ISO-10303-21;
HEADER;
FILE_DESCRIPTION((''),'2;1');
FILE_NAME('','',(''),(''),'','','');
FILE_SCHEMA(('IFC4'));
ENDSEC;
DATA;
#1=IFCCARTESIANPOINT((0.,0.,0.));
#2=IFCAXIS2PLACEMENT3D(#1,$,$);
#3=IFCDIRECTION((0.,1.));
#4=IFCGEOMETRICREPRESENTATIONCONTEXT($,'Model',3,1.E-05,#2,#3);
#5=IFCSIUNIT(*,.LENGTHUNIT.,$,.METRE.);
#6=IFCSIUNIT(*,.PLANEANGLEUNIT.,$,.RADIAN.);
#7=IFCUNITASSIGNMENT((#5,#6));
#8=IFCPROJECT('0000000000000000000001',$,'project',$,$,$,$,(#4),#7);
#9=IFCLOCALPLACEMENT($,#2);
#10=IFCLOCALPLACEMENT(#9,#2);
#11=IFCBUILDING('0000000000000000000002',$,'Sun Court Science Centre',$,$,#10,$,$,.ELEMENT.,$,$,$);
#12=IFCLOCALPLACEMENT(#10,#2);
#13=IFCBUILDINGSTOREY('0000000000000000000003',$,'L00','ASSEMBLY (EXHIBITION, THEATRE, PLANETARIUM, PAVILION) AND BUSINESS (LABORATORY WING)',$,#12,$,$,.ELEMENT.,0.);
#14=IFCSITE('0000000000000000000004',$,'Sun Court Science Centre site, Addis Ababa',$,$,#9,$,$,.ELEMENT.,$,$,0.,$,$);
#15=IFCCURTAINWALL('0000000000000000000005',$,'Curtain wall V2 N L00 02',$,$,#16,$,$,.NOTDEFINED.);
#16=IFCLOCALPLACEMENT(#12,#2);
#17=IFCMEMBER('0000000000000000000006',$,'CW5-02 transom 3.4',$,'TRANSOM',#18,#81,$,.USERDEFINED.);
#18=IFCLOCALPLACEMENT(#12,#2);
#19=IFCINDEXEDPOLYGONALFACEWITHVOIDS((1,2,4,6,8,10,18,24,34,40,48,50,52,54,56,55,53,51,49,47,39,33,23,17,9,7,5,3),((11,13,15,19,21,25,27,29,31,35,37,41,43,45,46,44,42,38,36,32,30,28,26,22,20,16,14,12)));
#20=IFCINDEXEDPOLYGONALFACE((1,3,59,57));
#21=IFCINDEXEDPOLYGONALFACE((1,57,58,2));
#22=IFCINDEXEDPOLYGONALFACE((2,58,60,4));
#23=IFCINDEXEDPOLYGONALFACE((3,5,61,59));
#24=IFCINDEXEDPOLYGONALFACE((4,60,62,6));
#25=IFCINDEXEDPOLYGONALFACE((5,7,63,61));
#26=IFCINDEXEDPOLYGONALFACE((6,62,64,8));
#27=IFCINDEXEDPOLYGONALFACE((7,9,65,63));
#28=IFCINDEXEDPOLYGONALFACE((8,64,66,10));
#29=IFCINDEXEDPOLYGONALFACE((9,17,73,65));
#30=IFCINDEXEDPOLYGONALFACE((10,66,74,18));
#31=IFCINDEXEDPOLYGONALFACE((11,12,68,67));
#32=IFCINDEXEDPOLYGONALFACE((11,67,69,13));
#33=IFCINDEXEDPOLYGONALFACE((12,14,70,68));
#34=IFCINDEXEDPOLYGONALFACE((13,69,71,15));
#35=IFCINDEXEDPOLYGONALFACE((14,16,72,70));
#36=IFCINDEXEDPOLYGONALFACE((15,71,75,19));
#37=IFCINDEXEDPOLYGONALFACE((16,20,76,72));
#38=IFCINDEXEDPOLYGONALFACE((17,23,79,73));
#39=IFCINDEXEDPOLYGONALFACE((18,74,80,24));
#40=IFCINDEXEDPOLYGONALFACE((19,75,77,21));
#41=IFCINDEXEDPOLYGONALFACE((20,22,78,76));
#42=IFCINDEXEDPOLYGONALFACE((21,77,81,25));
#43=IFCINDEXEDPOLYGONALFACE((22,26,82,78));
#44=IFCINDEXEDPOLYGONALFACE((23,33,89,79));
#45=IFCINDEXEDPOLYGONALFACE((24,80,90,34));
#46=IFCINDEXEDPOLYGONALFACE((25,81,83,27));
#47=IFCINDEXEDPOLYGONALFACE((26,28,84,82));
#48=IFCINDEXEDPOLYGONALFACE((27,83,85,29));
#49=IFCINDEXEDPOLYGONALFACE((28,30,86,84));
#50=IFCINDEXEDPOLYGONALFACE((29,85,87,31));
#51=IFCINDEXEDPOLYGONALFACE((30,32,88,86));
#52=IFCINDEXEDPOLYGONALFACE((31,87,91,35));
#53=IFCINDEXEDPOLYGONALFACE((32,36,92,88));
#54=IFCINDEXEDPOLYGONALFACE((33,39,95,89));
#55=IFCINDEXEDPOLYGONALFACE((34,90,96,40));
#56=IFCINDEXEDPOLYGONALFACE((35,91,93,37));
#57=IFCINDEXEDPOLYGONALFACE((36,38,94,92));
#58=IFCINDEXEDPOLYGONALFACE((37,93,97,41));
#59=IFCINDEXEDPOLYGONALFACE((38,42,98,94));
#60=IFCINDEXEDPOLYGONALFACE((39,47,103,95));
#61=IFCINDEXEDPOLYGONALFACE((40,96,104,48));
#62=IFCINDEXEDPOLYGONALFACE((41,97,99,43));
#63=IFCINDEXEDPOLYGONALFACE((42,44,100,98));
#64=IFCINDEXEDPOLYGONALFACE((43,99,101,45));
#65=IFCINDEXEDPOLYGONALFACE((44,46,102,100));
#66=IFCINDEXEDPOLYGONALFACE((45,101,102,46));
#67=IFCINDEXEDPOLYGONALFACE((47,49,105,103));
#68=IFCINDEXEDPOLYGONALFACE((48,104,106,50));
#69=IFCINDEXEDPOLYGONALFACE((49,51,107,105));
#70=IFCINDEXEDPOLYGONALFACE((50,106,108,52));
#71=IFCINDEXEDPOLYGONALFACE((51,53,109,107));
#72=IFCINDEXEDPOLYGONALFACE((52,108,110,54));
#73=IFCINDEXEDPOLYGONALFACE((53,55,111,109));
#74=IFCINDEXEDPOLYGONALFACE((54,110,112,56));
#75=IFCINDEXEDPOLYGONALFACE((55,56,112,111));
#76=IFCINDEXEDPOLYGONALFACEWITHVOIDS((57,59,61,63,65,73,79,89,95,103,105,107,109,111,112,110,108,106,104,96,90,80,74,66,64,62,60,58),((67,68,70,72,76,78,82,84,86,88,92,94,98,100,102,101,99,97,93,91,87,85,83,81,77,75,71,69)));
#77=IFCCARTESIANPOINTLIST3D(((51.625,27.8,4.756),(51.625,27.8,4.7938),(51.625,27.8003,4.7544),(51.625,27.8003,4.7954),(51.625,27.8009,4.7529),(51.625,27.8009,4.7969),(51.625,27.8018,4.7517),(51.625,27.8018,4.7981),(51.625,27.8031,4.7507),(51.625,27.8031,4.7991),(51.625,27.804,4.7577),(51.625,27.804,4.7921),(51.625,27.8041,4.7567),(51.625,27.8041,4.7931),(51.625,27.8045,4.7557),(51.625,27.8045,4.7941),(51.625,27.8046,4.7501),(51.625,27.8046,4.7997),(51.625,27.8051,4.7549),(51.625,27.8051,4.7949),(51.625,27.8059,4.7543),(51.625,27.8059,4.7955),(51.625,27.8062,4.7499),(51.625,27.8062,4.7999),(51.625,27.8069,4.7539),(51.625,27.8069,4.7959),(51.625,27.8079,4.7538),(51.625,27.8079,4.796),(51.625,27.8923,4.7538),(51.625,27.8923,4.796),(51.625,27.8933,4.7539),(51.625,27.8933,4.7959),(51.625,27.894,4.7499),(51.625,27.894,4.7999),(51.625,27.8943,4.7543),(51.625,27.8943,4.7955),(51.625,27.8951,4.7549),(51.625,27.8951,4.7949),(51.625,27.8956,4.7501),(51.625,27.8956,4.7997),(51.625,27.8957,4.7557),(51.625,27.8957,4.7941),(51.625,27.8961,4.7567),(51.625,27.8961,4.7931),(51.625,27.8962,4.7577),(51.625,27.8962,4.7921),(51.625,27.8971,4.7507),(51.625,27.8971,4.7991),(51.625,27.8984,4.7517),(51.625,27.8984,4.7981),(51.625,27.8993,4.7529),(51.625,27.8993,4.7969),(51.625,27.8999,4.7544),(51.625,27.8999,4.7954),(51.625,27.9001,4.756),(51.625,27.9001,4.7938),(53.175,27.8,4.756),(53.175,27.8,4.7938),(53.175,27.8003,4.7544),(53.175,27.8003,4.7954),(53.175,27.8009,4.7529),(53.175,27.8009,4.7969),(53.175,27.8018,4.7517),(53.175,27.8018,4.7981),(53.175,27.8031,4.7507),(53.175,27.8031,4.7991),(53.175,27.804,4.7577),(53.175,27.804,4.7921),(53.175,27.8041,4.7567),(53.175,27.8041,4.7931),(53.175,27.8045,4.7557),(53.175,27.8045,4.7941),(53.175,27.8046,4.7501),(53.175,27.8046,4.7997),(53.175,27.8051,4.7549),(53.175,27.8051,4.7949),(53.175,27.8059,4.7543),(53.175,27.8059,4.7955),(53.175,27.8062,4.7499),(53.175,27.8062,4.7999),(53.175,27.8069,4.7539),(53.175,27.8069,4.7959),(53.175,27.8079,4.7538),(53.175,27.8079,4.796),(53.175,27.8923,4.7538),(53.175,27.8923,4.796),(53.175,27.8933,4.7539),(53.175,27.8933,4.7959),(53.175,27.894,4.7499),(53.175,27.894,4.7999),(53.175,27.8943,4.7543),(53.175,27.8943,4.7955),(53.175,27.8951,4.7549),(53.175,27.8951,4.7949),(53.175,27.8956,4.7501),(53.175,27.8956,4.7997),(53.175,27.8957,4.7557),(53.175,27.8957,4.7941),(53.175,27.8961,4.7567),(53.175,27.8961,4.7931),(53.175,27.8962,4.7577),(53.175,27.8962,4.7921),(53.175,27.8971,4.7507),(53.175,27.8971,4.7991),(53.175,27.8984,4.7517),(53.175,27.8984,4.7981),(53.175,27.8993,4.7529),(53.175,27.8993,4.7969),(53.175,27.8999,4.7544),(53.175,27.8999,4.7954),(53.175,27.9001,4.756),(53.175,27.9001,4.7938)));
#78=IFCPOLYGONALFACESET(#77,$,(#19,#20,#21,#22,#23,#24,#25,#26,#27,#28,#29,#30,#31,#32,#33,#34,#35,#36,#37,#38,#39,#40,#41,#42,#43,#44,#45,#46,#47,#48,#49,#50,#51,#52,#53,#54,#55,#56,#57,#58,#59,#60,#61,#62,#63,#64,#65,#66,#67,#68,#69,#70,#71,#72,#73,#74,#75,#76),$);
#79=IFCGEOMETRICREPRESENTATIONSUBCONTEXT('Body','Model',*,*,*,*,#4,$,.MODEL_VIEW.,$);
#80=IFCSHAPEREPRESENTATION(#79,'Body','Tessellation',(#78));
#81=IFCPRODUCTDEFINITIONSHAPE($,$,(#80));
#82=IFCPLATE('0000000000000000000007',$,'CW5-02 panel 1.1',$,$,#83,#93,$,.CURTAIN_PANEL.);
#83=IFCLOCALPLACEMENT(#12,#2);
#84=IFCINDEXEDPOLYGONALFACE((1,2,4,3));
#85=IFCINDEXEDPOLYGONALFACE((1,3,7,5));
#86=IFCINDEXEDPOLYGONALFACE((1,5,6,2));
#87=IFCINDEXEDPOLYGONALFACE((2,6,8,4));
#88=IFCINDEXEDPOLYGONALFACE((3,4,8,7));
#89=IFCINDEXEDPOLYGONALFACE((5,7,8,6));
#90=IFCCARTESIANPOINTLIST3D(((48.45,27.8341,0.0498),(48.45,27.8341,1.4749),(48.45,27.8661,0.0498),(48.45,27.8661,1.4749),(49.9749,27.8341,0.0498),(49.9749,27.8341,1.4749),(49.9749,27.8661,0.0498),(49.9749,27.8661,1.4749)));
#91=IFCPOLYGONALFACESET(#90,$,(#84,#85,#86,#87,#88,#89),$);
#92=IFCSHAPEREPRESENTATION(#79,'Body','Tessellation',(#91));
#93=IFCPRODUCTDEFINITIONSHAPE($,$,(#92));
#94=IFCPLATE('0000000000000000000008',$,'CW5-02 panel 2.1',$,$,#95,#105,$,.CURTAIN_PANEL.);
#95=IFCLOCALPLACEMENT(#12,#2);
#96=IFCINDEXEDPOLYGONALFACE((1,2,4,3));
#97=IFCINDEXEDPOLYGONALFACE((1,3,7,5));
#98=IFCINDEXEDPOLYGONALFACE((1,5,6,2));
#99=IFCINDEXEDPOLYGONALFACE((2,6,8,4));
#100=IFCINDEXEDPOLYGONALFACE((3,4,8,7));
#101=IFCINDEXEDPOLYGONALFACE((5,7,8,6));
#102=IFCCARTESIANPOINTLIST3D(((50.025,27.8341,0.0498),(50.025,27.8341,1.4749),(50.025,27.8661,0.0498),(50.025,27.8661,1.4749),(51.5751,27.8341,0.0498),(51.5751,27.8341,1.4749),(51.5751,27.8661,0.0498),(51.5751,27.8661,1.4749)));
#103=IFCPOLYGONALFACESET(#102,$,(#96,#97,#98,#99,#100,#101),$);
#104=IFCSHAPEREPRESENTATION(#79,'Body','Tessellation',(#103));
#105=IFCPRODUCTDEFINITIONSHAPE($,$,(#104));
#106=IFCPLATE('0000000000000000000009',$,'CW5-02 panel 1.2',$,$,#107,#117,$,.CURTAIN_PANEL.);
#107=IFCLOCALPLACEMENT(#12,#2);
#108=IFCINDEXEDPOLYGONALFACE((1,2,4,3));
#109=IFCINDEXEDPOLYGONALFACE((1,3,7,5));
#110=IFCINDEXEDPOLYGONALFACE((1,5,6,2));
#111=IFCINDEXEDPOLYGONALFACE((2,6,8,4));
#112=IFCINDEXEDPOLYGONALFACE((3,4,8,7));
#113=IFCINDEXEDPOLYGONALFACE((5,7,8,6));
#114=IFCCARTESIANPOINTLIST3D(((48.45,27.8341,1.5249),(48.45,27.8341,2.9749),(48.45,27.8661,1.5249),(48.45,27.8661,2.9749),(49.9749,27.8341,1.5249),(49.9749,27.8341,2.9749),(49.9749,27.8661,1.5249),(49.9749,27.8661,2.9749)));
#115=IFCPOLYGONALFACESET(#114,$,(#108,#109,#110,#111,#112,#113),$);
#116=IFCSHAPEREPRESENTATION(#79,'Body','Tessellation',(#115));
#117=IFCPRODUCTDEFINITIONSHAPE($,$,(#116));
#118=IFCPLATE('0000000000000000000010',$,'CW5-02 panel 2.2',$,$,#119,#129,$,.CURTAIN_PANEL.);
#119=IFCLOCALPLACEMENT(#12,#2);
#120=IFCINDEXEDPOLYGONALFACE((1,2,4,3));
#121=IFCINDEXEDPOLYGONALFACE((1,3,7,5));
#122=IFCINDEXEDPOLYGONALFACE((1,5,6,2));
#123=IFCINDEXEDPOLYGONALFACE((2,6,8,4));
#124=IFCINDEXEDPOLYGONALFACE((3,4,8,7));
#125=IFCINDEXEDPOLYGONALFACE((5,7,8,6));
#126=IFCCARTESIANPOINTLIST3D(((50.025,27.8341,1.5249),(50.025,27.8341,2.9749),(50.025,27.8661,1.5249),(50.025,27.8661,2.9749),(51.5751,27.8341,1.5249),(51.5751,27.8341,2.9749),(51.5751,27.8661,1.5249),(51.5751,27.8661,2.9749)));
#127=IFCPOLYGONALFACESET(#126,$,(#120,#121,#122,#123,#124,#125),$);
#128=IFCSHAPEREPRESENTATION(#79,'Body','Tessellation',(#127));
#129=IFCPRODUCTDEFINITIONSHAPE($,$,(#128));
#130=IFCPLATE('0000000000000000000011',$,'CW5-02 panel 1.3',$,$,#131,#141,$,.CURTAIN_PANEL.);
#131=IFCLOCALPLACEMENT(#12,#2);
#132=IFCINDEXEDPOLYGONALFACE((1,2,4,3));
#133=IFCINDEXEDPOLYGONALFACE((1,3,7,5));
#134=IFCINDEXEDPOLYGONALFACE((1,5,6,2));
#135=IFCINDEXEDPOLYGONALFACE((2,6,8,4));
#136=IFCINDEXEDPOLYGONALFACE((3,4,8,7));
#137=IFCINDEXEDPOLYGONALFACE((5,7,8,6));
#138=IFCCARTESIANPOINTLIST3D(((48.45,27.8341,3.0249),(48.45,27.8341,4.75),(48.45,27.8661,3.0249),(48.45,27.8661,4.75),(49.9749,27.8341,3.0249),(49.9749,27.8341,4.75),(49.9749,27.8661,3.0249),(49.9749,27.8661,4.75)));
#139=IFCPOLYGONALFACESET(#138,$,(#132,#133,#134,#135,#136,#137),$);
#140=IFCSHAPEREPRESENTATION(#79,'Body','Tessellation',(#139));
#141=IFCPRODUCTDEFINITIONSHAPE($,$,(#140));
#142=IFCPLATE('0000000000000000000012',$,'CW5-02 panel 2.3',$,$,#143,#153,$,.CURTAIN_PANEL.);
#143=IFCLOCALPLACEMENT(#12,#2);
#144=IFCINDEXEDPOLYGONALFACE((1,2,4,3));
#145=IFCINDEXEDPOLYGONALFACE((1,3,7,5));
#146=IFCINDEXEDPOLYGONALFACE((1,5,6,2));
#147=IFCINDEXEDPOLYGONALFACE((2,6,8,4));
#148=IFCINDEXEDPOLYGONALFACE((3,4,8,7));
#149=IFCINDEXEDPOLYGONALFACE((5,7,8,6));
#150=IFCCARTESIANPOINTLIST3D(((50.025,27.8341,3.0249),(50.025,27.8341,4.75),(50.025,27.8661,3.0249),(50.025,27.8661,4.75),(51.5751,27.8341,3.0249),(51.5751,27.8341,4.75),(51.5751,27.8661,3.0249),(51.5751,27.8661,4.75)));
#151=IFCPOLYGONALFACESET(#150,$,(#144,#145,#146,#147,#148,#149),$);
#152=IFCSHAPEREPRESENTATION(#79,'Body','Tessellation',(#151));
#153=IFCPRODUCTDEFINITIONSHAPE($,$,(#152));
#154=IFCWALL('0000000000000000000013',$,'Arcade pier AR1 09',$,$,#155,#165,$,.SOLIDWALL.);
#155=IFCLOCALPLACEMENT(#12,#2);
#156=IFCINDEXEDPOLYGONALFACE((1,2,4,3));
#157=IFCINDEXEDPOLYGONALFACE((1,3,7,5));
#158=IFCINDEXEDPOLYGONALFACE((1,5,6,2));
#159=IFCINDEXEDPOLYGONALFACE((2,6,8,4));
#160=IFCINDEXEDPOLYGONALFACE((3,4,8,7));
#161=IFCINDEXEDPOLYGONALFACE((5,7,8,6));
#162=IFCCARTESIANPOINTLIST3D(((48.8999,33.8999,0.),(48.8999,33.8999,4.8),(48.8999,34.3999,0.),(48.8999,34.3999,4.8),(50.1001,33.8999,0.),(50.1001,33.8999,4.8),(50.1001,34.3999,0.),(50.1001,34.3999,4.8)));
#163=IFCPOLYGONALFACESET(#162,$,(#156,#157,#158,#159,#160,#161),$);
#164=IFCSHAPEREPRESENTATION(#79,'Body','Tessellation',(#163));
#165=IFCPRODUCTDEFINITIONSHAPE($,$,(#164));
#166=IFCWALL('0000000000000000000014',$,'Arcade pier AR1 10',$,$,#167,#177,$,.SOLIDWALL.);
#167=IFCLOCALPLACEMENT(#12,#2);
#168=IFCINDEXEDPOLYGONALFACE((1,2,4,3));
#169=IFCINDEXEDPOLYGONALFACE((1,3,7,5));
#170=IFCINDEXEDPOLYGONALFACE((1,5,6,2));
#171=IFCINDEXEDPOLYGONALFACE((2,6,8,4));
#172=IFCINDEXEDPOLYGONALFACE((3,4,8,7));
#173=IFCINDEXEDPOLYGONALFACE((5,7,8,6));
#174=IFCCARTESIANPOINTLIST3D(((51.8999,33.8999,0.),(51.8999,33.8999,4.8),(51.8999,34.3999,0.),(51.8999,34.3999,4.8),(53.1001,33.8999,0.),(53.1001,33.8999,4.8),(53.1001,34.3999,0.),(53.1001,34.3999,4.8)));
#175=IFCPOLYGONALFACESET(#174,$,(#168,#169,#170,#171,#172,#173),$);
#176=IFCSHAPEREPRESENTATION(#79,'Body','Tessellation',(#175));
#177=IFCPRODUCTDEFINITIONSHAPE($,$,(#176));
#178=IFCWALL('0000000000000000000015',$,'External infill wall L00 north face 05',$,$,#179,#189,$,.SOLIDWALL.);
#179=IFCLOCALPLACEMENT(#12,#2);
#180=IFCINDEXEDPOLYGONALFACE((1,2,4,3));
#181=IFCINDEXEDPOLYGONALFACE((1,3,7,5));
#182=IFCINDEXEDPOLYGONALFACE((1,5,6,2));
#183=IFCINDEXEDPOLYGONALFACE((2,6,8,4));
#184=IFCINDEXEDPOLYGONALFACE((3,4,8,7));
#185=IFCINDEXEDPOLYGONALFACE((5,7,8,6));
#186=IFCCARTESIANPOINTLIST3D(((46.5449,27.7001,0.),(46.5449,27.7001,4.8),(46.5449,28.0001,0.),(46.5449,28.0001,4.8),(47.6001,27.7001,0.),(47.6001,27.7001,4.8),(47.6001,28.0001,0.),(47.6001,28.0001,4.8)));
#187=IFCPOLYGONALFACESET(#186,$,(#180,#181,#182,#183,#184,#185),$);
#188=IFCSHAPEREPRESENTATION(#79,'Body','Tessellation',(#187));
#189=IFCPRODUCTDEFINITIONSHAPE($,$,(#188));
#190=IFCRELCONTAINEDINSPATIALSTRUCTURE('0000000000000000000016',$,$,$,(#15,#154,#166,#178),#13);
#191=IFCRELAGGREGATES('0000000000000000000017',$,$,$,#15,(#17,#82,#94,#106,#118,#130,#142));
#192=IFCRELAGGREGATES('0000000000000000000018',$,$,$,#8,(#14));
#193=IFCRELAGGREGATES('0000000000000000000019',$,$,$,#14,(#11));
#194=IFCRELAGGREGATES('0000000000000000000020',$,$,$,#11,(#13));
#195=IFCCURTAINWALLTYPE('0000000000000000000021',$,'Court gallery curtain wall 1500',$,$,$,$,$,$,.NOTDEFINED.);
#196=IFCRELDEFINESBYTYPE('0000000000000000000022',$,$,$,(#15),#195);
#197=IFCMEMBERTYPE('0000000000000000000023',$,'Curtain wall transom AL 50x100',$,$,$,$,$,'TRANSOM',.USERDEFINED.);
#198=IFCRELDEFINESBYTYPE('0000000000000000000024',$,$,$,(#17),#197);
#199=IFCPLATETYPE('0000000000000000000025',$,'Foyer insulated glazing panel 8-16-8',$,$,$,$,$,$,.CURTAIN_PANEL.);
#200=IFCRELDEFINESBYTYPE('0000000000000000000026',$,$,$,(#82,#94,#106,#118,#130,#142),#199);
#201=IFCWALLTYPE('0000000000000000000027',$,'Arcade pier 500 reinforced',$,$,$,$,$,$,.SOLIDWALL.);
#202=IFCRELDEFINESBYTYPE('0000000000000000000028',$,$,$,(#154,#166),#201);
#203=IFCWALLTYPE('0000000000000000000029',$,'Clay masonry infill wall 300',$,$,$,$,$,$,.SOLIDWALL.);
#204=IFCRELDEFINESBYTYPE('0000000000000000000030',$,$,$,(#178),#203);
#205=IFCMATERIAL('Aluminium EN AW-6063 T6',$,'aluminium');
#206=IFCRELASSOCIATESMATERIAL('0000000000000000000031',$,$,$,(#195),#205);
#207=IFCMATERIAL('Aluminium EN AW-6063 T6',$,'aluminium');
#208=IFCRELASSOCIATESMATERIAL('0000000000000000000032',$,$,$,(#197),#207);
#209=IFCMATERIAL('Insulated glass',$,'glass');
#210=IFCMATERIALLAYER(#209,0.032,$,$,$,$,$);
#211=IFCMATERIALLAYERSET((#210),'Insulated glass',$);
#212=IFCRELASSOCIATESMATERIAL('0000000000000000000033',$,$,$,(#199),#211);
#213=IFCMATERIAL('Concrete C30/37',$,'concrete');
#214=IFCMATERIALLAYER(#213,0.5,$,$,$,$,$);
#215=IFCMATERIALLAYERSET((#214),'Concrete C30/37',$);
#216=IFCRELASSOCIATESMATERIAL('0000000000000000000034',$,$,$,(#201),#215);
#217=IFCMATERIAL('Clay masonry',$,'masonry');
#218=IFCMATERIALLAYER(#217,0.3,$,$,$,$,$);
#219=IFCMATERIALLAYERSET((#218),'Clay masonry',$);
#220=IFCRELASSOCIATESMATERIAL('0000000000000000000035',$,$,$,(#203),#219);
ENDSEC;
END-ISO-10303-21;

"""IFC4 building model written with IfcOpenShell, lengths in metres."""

from ifc_helpers import new_model, si_unit, direction, frame, frame_2d, origin, origin_2d, place, context, subcontext, project, spatial, rectangle, hollow_rectangle, extrude, material, layer, layer_set, material_profile, profile_set, type_object, element, aggregate, save


model = new_model("IFC4")

# Units and contexts
model_context = context("Model", 3, precision=1e-05, world=origin(), true_north=direction((0.0, 1.0)))
body_context = subcontext(model_context, "Body", "Model", "MODEL_VIEW")
ifc_project = project(units=[si_unit("LENGTHUNIT", "METRE"), si_unit("PLANEANGLEUNIT", "RADIAN")], contexts=[model_context])

# Site, building, storey
site_placement = place(None, origin())
site = spatial("IfcSite", under=ifc_project, at=site_placement, Name="Sun Court Science Centre site, Addis Ababa", CompositionType="ELEMENT", RefElevation=0.0)
building_placement = place(site_placement, origin())
building = spatial("IfcBuilding", under=site, at=building_placement, Name="Sun Court Science Centre", CompositionType="ELEMENT")
storey_placement = place(building_placement, origin())
storey = spatial("IfcBuildingStorey", under=building, at=storey_placement, Name="L00", Description="ASSEMBLY (EXHIBITION, THEATRE, PLANETARIUM, PAVILION) AND BUSINESS (LABORATORY WING)", CompositionType="ELEMENT", Elevation=0.0)

# Curtain wall, member, plates
ifc_material_1 = material(Name="Aluminium EN AW-6063 T6", Category="aluminium")
curtain_wall_type = type_object("IfcCurtainWallType", Name="Court gallery curtain wall 1500", PredefinedType="NOTDEFINED", material=ifc_material_1)
curtain_wall_placement = place(storey_placement, origin())
curtain_wall = element("IfcCurtainWall", 1, at=curtain_wall_placement, inside=storey, type_object=curtain_wall_type, Name="Curtain wall V2 N L00 02", PredefinedType="NOTDEFINED")
ifc_material_2 = material(Name="Aluminium EN AW-6063 T6", Category="aluminium")
ifc_material_profile_1 = material_profile(ifc_material_2, hollow_rectangle(XDim=0.05, YDim=0.1001, WallThickness=0.0039, InnerFilletRadius=0.0039, OuterFilletRadius=0.0061, at=origin_2d()), Name="AL 50x100x4")
ifc_profile_set_1 = profile_set([ifc_material_profile_1], Name="Aluminium EN AW-6063 T6")
member_type_1 = type_object("IfcMemberType", Name="Curtain wall transom AL 50x100", ElementType="TRANSOM", PredefinedType="USERDEFINED", material=ifc_profile_set_1)
member_1_placement = place(storey_placement, frame((51.625, 27.8501, 4.7749), z_axis=(1.0, 0.0, 0.0), x_axis=(0.0, 0.0, 1.0)))
member_1 = element("IfcMember", 2, at=member_1_placement, type_object=member_type_1, Name="CW5-02 transom 3.4", ObjectType="TRANSOM", PredefinedType="USERDEFINED", context=body_context, shape_type="SweptSolid", body=[
    extrude(hollow_rectangle(XDim=0.05, YDim=0.1001, WallThickness=0.0039, InnerFilletRadius=0.0039, OuterFilletRadius=0.0061, at=origin_2d()), origin(), (0.0, 0.0, 1.0), 1.55),
])
ifc_material_3 = material(Name="Insulated glass", Category="glass")
ifc_layer_1 = layer(ifc_material_3, 0.032)
ifc_layer_set_1 = layer_set([ifc_layer_1], Name="Insulated glass")
plate_type = type_object("IfcPlateType", Name="Foyer insulated glazing panel 8-16-8", PredefinedType="CURTAIN_PANEL", material=ifc_layer_set_1)
plate_1_placement = place(storey_placement, frame((49.2124, 27.8501, 0.0498), z_axis=(0.0, 0.0, 1.0), x_axis=(1.0, 0.0, 0.0)))
plate_1 = element("IfcPlate", 3, at=plate_1_placement, type_object=plate_type, Name="CW5-02 panel 1.1", PredefinedType="CURTAIN_PANEL", context=body_context, shape_type="SweptSolid", body=[
    extrude(rectangle(XDim=1.5249, YDim=0.032, at=origin_2d()), origin(), (0.0, 0.0, 1.0), 1.425),
])
plate_2_placement = place(storey_placement, frame((50.8, 27.8501, 0.0498), z_axis=(0.0, 0.0, 1.0), x_axis=(1.0, 0.0, 0.0)))
plate_2 = element("IfcPlate", 4, at=plate_2_placement, type_object=plate_type, Name="CW5-02 panel 2.1", PredefinedType="CURTAIN_PANEL", context=body_context, shape_type="SweptSolid", body=[
    extrude(rectangle(XDim=1.55, YDim=0.032, at=origin_2d()), origin(), (0.0, 0.0, 1.0), 1.425),
])
plate_3_placement = place(storey_placement, frame((49.2124, 27.8501, 1.5249), z_axis=(0.0, 0.0, 1.0), x_axis=(1.0, 0.0, 0.0)))
plate_3 = element("IfcPlate", 5, at=plate_3_placement, type_object=plate_type, Name="CW5-02 panel 1.2", PredefinedType="CURTAIN_PANEL", context=body_context, shape_type="SweptSolid", body=[
    extrude(rectangle(XDim=1.5249, YDim=0.032, at=origin_2d()), origin(), (0.0, 0.0, 1.0), 1.45),
])
plate_4_placement = place(storey_placement, frame((50.8, 27.8501, 1.5249), z_axis=(0.0, 0.0, 1.0), x_axis=(1.0, 0.0, 0.0)))
plate_4 = element("IfcPlate", 6, at=plate_4_placement, type_object=plate_type, Name="CW5-02 panel 2.2", PredefinedType="CURTAIN_PANEL", context=body_context, shape_type="SweptSolid", body=[
    extrude(rectangle(XDim=1.55, YDim=0.032, at=origin_2d()), origin(), (0.0, 0.0, 1.0), 1.45),
])
plate_5_placement = place(storey_placement, frame((49.2124, 27.8501, 3.0249), z_axis=(0.0, 0.0, 1.0), x_axis=(1.0, 0.0, 0.0)))
plate_5 = element("IfcPlate", 7, at=plate_5_placement, type_object=plate_type, Name="CW5-02 panel 1.3", PredefinedType="CURTAIN_PANEL", context=body_context, shape_type="SweptSolid", body=[
    extrude(rectangle(XDim=1.5249, YDim=0.032, at=origin_2d()), origin(), (0.0, 0.0, 1.0), 1.7251),
])
plate_6_placement = place(storey_placement, frame((50.8, 27.8501, 3.0249), z_axis=(0.0, 0.0, 1.0), x_axis=(1.0, 0.0, 0.0)))
plate_6 = element("IfcPlate", 8, at=plate_6_placement, type_object=plate_type, Name="CW5-02 panel 2.3", PredefinedType="CURTAIN_PANEL", context=body_context, shape_type="SweptSolid", body=[
    extrude(rectangle(XDim=1.55, YDim=0.032, at=origin_2d()), origin(), (0.0, 0.0, 1.0), 1.7251),
])
aggregate(curtain_wall, [member_1, plate_1, plate_2, plate_3, plate_4, plate_5, plate_6])

# Walls
ifc_material_4 = material(Name="Concrete C30/37", Category="concrete")
ifc_layer_2 = layer(ifc_material_4, 0.5)
ifc_layer_set_2 = layer_set([ifc_layer_2], Name="Concrete C30/37")
wall_type_1 = type_object("IfcWallType", Name="Arcade pier 500 reinforced", PredefinedType="SOLIDWALL", material=ifc_layer_set_2)
for number, where, z_axis, x_axis, name in (
    (9, (48.8999, 34.1499, 0.0), (0.0, 0.0, 1.0), (1.0, 0.0, 0.0), "Arcade pier AR1 09"),
    (10, (51.8999, 34.1499, 0.0), (0.0, 0.0, 1.0), (1.0, 0.0, 0.0), "Arcade pier AR1 10"),
):
    element("IfcWall", number, at=place(storey_placement, frame(where, z_axis=z_axis, x_axis=x_axis)), inside=storey, type_object=wall_type_1, Name=name, PredefinedType="SOLIDWALL", context=body_context, shape_type="SweptSolid", body=[
        extrude(rectangle(XDim=1.2002, YDim=0.5, at=frame_2d((0.6001, 0.0))), origin(), (0.0, 0.0, 1.0), 4.8),
    ])
ifc_material_5 = material(Name="Clay masonry", Category="masonry")
ifc_layer_3 = layer(ifc_material_5, 0.3)
ifc_layer_set_3 = layer_set([ifc_layer_3], Name="Clay masonry")
wall_type_2 = type_object("IfcWallType", Name="Clay masonry infill wall 300", PredefinedType="SOLIDWALL", material=ifc_layer_set_3)
wall_1_placement = place(storey_placement, frame((46.5449, 27.8501, 0.0), z_axis=(0.0, 0.0, 1.0), x_axis=(1.0, 0.0, 0.0)))
element("IfcWall", 11, at=wall_1_placement, inside=storey, type_object=wall_type_2, Name="External infill wall L00 north face 05", PredefinedType="SOLIDWALL", context=body_context, shape_type="SweptSolid", body=[
    extrude(rectangle(XDim=1.0552, YDim=0.3, at=frame_2d((0.5276, 0.0))), origin(), (0.0, 0.0, 1.0), 4.8),
])

save(model, "model.ifc")
